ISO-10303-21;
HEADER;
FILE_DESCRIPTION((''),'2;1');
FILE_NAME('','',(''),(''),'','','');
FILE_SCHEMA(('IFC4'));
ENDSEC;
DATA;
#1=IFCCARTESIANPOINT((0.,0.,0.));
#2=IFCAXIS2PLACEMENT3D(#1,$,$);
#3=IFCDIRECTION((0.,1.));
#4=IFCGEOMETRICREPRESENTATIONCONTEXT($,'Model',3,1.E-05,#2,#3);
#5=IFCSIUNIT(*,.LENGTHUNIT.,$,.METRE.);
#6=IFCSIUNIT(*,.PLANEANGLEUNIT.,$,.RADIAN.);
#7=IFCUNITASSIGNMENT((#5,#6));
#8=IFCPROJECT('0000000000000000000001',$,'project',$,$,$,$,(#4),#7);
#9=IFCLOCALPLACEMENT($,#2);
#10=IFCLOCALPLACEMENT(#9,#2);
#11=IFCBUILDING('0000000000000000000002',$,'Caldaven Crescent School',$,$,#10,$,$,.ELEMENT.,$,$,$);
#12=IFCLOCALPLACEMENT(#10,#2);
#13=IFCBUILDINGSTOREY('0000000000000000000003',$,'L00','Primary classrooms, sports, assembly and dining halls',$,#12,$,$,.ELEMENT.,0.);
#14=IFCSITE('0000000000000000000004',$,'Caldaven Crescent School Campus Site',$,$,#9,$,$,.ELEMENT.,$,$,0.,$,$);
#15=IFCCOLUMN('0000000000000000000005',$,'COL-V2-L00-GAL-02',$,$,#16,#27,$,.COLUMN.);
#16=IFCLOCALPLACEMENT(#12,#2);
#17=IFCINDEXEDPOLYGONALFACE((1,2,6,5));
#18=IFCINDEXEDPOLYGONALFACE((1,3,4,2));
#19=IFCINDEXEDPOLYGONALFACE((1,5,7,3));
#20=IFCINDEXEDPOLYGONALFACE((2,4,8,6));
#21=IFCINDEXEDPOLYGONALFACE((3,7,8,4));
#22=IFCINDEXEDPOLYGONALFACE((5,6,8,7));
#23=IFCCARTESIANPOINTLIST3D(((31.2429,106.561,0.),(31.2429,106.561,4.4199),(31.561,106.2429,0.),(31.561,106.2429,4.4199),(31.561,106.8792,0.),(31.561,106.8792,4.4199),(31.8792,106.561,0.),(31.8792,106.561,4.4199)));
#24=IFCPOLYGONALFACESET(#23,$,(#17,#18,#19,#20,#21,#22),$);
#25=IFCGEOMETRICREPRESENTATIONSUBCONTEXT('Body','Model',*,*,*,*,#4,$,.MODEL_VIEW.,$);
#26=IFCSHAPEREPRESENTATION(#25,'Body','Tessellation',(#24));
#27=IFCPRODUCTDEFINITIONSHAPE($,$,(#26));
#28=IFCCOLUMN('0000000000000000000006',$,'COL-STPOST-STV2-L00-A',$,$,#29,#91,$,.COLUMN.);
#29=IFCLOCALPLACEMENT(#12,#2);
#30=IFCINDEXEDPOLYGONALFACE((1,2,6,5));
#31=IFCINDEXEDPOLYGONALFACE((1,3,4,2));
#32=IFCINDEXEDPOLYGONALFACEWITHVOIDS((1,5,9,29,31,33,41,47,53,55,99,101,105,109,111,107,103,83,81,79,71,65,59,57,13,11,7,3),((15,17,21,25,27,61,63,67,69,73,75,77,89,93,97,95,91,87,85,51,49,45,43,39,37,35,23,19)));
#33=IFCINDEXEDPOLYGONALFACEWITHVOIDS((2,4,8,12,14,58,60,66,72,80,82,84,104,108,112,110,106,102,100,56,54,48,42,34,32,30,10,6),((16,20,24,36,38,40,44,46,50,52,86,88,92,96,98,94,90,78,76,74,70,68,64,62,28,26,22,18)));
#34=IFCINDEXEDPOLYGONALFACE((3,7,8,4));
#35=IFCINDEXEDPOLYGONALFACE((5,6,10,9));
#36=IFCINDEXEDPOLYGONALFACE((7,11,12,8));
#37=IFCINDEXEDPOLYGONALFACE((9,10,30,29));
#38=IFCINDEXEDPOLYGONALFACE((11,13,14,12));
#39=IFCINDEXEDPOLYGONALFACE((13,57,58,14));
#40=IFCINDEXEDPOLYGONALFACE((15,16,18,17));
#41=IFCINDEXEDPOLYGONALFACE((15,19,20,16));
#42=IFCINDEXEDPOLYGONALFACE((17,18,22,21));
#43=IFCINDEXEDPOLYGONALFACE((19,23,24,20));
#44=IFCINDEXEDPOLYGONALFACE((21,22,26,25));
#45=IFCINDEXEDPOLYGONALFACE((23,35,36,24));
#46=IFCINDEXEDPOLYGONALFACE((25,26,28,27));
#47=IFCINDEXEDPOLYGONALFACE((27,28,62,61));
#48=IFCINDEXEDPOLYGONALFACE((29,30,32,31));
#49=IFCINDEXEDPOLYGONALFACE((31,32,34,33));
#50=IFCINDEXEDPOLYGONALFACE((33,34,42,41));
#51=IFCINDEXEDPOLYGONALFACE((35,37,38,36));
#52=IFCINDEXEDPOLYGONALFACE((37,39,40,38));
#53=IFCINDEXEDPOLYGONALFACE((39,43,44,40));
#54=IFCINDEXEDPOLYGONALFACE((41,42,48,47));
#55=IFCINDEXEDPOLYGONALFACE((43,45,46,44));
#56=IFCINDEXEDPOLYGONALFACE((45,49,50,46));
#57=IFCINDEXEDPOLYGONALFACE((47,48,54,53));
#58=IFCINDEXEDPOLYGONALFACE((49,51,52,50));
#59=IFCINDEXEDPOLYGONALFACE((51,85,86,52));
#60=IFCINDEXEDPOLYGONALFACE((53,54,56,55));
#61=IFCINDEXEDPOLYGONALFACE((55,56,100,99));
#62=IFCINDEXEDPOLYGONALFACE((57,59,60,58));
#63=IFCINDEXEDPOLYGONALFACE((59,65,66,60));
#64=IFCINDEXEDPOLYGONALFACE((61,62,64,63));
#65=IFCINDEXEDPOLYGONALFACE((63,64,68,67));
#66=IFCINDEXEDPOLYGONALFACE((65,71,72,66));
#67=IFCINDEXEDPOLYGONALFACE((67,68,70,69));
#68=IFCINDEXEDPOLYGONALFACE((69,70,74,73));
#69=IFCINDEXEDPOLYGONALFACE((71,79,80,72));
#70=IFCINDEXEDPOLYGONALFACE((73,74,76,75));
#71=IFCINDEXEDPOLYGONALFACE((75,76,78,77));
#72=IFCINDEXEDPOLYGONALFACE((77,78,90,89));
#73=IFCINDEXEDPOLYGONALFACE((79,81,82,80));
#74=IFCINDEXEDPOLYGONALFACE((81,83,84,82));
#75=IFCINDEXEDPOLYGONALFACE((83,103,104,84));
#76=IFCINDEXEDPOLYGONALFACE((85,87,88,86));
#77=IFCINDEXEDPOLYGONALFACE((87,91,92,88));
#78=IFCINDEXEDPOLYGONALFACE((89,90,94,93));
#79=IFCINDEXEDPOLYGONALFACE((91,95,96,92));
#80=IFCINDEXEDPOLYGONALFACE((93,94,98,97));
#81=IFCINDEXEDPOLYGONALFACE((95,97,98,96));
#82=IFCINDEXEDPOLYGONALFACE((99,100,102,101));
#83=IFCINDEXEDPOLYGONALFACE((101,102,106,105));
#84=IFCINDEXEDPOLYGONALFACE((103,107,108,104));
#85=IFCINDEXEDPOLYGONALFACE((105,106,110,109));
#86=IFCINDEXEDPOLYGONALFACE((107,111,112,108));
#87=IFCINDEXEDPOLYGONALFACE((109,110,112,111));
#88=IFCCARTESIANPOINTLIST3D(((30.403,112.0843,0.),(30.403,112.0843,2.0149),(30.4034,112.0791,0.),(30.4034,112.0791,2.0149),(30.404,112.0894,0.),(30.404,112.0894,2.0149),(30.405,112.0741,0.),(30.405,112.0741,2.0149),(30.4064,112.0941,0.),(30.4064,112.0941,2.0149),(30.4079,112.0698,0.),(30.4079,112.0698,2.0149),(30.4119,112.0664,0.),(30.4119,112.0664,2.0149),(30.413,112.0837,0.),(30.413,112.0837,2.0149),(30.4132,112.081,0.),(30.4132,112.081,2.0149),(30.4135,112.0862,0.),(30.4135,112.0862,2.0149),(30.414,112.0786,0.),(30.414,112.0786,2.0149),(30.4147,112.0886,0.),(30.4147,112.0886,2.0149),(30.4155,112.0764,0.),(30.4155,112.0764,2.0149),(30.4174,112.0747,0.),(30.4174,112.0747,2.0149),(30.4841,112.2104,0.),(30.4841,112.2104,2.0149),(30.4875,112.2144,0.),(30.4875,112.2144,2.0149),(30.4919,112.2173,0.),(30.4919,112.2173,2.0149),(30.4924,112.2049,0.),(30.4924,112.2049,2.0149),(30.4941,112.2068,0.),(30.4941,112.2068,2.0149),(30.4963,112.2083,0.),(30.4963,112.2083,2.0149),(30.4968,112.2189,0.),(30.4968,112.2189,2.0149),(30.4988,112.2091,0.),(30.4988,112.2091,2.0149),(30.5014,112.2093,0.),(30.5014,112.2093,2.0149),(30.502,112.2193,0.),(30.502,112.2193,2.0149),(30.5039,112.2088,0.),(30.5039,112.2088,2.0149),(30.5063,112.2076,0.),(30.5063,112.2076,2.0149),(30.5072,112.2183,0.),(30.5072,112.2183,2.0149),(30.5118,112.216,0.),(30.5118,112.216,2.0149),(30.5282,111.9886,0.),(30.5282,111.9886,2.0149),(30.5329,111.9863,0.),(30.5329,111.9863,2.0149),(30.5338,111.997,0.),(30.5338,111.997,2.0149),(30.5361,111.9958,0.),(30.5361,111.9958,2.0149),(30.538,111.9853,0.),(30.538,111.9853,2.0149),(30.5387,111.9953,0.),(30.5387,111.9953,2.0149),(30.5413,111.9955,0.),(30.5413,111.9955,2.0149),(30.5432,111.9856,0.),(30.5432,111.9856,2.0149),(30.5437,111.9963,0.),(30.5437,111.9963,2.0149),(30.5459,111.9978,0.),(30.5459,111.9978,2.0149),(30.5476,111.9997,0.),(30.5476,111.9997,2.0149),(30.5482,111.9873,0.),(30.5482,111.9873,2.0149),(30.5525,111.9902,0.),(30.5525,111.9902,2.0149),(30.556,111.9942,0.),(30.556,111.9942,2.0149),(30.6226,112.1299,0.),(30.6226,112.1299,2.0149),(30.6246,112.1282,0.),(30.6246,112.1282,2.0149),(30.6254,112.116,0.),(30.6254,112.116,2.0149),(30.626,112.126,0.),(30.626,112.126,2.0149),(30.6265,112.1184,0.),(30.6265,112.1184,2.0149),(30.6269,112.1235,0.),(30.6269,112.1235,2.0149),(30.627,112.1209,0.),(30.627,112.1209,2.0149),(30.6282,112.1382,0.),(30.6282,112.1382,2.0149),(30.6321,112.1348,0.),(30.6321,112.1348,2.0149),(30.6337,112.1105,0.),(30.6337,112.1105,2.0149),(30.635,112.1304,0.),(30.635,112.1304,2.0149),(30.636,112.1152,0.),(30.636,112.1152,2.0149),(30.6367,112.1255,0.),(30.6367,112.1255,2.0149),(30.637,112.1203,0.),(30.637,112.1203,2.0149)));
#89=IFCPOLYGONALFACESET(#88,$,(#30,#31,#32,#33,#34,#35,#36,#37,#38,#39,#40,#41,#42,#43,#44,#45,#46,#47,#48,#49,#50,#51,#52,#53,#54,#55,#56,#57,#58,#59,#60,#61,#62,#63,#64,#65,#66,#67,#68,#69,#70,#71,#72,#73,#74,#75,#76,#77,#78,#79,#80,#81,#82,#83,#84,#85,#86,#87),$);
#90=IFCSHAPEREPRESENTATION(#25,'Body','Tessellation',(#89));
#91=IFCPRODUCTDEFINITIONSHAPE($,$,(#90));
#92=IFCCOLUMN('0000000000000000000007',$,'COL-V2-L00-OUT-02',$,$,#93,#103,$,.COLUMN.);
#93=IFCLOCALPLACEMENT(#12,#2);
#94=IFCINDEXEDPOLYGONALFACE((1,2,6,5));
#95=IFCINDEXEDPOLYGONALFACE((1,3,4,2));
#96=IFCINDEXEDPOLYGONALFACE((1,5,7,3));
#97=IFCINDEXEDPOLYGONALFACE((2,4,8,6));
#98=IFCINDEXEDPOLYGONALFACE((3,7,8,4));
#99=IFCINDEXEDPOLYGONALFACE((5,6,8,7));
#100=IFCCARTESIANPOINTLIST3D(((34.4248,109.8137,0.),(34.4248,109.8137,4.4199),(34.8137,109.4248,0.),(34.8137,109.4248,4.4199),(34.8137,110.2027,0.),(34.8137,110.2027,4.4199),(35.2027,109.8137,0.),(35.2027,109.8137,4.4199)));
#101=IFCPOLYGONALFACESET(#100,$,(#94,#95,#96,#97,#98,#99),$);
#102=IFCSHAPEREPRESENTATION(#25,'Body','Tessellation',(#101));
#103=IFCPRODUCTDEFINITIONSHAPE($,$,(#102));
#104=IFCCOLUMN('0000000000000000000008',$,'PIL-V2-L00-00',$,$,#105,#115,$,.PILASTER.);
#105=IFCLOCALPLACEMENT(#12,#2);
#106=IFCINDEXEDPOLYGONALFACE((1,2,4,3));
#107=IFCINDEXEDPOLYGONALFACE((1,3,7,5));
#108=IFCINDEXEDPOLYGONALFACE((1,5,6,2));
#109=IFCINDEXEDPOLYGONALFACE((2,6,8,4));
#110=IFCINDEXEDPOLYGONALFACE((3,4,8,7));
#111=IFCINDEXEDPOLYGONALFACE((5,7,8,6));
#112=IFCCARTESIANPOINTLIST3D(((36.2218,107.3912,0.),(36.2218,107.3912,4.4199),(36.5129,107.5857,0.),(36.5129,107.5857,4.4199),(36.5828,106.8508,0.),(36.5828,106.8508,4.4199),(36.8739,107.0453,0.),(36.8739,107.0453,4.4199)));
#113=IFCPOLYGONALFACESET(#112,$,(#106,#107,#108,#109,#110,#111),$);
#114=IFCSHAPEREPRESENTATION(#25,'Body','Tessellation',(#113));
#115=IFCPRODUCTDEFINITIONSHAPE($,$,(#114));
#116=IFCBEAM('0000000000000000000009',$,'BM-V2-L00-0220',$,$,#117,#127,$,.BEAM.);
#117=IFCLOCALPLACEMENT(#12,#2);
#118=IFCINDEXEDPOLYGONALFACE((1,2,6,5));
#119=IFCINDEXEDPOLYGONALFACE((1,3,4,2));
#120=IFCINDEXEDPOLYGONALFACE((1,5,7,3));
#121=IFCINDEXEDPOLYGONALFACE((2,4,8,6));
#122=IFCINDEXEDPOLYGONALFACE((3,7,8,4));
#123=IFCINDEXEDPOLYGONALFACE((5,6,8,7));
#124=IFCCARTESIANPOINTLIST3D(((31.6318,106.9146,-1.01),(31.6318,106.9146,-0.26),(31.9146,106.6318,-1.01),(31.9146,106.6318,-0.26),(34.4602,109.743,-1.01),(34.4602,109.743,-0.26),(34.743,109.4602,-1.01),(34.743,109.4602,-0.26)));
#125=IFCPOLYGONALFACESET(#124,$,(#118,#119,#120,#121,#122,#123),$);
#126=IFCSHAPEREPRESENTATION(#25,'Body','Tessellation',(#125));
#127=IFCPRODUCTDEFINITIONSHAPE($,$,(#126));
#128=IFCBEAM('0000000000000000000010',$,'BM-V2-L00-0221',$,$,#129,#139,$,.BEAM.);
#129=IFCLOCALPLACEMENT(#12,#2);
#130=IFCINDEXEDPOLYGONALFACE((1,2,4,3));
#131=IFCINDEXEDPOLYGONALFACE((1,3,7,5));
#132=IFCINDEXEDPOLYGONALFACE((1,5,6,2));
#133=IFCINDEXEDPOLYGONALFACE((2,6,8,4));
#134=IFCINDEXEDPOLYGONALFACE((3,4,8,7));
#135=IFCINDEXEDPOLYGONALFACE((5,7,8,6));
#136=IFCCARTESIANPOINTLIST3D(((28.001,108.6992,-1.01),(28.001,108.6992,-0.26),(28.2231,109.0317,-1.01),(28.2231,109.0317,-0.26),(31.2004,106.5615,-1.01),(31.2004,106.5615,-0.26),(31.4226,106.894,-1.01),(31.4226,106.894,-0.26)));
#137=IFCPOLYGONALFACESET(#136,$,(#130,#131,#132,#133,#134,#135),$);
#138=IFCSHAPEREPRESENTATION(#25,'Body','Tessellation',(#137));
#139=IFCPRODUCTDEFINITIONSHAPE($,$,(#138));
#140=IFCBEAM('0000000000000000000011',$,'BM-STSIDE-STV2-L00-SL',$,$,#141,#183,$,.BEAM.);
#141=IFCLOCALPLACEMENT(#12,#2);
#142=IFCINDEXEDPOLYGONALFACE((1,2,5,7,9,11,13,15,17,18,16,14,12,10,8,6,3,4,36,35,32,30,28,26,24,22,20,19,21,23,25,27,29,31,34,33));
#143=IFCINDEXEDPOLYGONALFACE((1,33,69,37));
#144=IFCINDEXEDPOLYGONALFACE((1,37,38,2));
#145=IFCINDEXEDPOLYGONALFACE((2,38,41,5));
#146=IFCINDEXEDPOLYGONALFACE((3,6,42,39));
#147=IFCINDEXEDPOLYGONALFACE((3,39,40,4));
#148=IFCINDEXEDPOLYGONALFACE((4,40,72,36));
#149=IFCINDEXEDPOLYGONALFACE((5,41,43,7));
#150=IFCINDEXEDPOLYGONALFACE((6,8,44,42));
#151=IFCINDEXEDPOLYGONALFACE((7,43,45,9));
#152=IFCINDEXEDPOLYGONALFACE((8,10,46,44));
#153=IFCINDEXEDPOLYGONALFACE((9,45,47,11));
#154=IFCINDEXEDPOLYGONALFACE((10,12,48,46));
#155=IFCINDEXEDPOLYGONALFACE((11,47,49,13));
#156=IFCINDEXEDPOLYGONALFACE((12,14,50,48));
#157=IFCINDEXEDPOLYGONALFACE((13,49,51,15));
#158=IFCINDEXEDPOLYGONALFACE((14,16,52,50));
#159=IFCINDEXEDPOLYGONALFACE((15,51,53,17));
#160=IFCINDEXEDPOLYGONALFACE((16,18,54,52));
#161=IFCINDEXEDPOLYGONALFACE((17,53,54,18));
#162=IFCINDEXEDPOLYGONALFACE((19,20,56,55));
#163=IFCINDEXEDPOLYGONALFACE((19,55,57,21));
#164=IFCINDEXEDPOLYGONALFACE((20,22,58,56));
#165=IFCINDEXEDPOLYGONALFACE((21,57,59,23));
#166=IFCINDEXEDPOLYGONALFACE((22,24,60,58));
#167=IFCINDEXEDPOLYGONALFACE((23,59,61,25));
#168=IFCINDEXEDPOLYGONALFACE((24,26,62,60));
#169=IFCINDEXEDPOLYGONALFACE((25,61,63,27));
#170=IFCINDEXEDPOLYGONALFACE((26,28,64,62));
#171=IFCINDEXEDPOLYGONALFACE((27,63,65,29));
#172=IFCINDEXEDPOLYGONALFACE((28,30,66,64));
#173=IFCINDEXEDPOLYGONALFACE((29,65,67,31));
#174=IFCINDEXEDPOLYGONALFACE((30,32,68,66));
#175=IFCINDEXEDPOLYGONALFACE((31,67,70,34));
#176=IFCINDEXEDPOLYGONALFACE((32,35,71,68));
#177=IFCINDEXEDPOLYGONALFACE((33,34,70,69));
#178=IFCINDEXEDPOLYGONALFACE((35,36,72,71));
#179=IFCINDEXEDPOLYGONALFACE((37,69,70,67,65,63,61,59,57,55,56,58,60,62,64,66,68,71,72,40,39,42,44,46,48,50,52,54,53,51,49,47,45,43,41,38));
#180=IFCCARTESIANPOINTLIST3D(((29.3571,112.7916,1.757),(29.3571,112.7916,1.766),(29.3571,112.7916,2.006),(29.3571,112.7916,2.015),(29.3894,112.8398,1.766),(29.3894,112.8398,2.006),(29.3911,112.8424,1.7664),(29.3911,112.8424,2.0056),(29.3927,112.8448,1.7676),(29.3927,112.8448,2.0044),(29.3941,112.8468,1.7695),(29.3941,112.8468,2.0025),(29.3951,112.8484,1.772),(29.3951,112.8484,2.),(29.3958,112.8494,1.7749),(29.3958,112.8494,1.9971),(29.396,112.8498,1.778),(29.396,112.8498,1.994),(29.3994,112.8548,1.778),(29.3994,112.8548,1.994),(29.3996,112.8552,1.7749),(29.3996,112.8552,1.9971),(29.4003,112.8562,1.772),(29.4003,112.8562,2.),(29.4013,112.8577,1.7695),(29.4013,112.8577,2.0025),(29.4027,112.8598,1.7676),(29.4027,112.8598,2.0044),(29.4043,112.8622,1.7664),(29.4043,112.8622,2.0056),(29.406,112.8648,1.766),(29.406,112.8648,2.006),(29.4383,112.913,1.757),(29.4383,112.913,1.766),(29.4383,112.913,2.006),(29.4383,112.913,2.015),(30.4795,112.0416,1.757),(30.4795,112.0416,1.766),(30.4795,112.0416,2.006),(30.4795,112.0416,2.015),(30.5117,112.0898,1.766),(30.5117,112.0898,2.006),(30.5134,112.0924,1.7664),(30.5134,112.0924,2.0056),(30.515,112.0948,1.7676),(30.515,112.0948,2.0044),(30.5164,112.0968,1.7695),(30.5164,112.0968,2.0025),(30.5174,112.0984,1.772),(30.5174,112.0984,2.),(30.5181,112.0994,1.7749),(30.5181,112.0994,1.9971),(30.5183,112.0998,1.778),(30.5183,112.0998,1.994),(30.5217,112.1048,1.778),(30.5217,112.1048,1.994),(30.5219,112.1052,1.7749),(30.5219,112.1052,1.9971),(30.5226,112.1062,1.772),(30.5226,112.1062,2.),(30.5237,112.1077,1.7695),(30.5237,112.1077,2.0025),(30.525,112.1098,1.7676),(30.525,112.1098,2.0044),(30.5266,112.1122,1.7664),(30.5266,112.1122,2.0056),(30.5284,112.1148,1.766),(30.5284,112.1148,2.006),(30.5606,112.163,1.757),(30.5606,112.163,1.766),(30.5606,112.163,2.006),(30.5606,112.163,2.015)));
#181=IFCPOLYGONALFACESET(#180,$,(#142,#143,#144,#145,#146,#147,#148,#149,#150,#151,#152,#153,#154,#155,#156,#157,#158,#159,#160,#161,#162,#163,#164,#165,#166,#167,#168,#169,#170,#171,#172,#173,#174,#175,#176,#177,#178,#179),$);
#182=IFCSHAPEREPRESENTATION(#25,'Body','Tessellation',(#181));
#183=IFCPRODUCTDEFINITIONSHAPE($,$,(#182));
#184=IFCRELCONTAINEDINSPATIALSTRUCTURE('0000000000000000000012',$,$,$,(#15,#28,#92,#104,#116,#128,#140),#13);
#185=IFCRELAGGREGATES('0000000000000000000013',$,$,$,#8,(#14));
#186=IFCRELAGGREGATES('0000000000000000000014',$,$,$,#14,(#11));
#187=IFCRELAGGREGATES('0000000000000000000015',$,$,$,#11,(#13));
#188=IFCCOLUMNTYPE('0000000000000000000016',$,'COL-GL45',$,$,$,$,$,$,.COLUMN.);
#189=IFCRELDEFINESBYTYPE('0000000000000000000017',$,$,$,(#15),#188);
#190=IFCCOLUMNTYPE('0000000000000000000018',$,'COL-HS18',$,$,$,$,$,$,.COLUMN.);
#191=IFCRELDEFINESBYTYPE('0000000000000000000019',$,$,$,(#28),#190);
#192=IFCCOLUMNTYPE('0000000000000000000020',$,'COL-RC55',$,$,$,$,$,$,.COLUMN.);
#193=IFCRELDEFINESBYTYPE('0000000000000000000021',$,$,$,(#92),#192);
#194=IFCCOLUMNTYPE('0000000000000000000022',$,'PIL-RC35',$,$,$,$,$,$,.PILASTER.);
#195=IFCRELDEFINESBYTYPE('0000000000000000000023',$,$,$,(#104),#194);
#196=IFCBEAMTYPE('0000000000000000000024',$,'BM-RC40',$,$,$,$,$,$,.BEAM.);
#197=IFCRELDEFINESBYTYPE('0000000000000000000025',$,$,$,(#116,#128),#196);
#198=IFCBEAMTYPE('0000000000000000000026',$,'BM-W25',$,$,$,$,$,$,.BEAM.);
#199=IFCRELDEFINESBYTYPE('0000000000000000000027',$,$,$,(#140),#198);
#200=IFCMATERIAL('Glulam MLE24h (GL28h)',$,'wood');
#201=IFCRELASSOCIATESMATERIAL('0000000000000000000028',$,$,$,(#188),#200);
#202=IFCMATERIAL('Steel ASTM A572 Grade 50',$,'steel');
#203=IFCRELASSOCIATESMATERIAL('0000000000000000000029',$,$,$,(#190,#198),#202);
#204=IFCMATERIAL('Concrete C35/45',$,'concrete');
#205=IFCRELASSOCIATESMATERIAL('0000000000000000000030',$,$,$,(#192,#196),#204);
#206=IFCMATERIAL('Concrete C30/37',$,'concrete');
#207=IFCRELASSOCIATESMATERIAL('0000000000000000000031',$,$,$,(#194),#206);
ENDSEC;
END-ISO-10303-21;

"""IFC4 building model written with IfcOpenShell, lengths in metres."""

from ifc_helpers import new_model, si_unit, direction, frame, origin, origin_2d, place, context, subcontext, project, spatial, rectangle, hollow_rectangle, i_section, extrude, material, material_profile, profile_set, type_object, element, save


model = new_model("IFC4")

# Units and contexts
model_context = context("Model", 3, precision=1e-05, world=origin(), true_north=direction((0.0, 1.0)))
body_context = subcontext(model_context, "Body", "Model", "MODEL_VIEW")
ifc_project = project(units=[si_unit("LENGTHUNIT", "METRE"), si_unit("PLANEANGLEUNIT", "RADIAN")], contexts=[model_context])

# Site, building, storey
site_placement = place(None, origin())
site = spatial("IfcSite", under=ifc_project, at=site_placement, Name="Caldaven Crescent School Campus Site", CompositionType="ELEMENT", RefElevation=0.0)
building_placement = place(site_placement, origin())
building = spatial("IfcBuilding", under=site, at=building_placement, Name="Caldaven Crescent School", CompositionType="ELEMENT")
storey_placement = place(building_placement, origin())
storey = spatial("IfcBuildingStorey", under=building, at=storey_placement, Name="L00", Description="Primary classrooms, sports, assembly and dining halls", CompositionType="ELEMENT", Elevation=0.0)

# Columns
ifc_material_1 = material(Name="Glulam MLE24h (GL28h)", Category="wood")
ifc_material_profile_1 = material_profile(ifc_material_1, rectangle(XDim=0.45, YDim=0.45, at=origin_2d()), Name="MLE 450x450")
ifc_profile_set_1 = profile_set([ifc_material_profile_1], Name="Glulam MLE24h (GL28h)")
column_type_1 = type_object("IfcColumnType", Name="COL-GL45", PredefinedType="COLUMN", material=ifc_profile_set_1)
column_1_placement = place(storey_placement, frame((31.561, 106.561, 0.0), z_axis=(0.0, 0.0, 1.0), x_axis=(0.707107, 0.707107, 0.0)))
element("IfcColumn", 1, at=column_1_placement, inside=storey, type_object=column_type_1, Name="COL-V2-L00-GAL-02", PredefinedType="COLUMN", context=body_context, shape_type="SweptSolid", body=[
    extrude(rectangle(XDim=0.45, YDim=0.45, at=origin_2d()), origin(), (0.0, 0.0, 1.0), 4.4199),
])
ifc_material_2 = material(Name="Steel ASTM A572 Grade 50", Category="steel")
ifc_material_profile_2 = material_profile(ifc_material_2, hollow_rectangle(XDim=0.1799, YDim=0.1799, WallThickness=0.01, InnerFilletRadius=0.01, OuterFilletRadius=0.02, at=origin_2d()), Name="HSS 180x180x10")
ifc_profile_set_2 = profile_set([ifc_material_profile_2], Name="Steel ASTM A572 Grade 50")
column_type_2 = type_object("IfcColumnType", Name="COL-HS18", PredefinedType="COLUMN", material=ifc_profile_set_2)
column_2_placement = place(storey_placement, frame((30.52, 112.1023, 0.0), z_axis=(0.0, 0.0, 1.0), x_axis=(-0.83147, 0.55557, 0.0)))
element("IfcColumn", 2, at=column_2_placement, inside=storey, type_object=column_type_2, Name="COL-STPOST-STV2-L00-A", PredefinedType="COLUMN", context=body_context, shape_type="SweptSolid", body=[
    extrude(hollow_rectangle(XDim=0.1799, YDim=0.1799, WallThickness=0.01, InnerFilletRadius=0.01, OuterFilletRadius=0.02, at=origin_2d()), origin(), (0.0, 0.0, 1.0), 2.0149),
])
ifc_material_3 = material(Name="Concrete C35/45", Category="concrete")
ifc_material_profile_3 = material_profile(ifc_material_3, rectangle(XDim=0.55, YDim=0.55, at=origin_2d()), Name="RC 550x550")
ifc_profile_set_3 = profile_set([ifc_material_profile_3], Name="Concrete C35/45")
column_type_3 = type_object("IfcColumnType", Name="COL-RC55", PredefinedType="COLUMN", material=ifc_profile_set_3)
column_3_placement = place(storey_placement, frame((34.8137, 109.8137, 0.0), z_axis=(0.0, 0.0, 1.0), x_axis=(0.707107, 0.707107, 0.0)))
element("IfcColumn", 3, at=column_3_placement, inside=storey, type_object=column_type_3, Name="COL-V2-L00-OUT-02", PredefinedType="COLUMN", context=body_context, shape_type="SweptSolid", body=[
    extrude(rectangle(XDim=0.55, YDim=0.55, at=origin_2d()), origin(), (0.0, 0.0, 1.0), 4.4199),
])
ifc_material_4 = material(Name="Concrete C30/37", Category="concrete")
ifc_material_profile_4 = material_profile(ifc_material_4, rectangle(XDim=0.3501, YDim=0.6499, at=origin_2d()), Name="RC 350x650")
ifc_profile_set_4 = profile_set([ifc_material_profile_4], Name="Concrete C30/37")
column_type_4 = type_object("IfcColumnType", Name="PIL-RC35", PredefinedType="PILASTER", material=ifc_profile_set_4)
column_4_placement = place(storey_placement, frame((36.5479, 107.2183, 0.0), z_axis=(0.0, 0.0, 1.0), x_axis=(0.83147, 0.55557, 0.0)))
element("IfcColumn", 4, at=column_4_placement, inside=storey, type_object=column_type_4, Name="PIL-V2-L00-00", PredefinedType="PILASTER", context=body_context, shape_type="SweptSolid", body=[
    extrude(rectangle(XDim=0.3501, YDim=0.6499, at=origin_2d()), origin(), (0.0, 0.0, 1.0), 4.4199),
])

# Beams
ifc_material_profile_5 = material_profile(ifc_material_3, rectangle(XDim=0.3999, YDim=0.75, at=origin_2d()), Name="RC 400x750")
ifc_profile_set_5 = profile_set([ifc_material_profile_5], Name="Concrete C35/45")
beam_type_1 = type_object("IfcBeamType", Name="BM-RC40", PredefinedType="BEAM", material=ifc_profile_set_5)
beam_1_placement = place(storey_placement, frame((31.7732, 106.7732, -0.635), z_axis=(0.707107, 0.707107, 0.0), x_axis=(-0.707107, 0.707107, 0.0)))
element("IfcBeam", 5, at=beam_1_placement, inside=storey, type_object=beam_type_1, Name="BM-V2-L00-0220", PredefinedType="BEAM", context=body_context, shape_type="SweptSolid", body=[
    extrude(rectangle(XDim=0.3999, YDim=0.75, at=origin_2d()), origin(), (0.0, 0.0, 1.0), 4.0),
])
beam_2_placement = place(storey_placement, frame((31.3115, 106.7278, -0.635), z_axis=(-0.831484, 0.555549, 0.0), x_axis=(-0.555549, -0.831484, 0.0)))
element("IfcBeam", 6, at=beam_2_placement, inside=storey, type_object=beam_type_1, Name="BM-V2-L00-0221", PredefinedType="BEAM", context=body_context, shape_type="SweptSolid", body=[
    extrude(rectangle(XDim=0.3999, YDim=0.75, at=origin_2d()), origin(), (0.0, 0.0, 1.0), 3.8479),
])
ifc_material_profile_6 = material_profile(ifc_material_2, i_section(OverallWidth=0.146, OverallDepth=0.2581, WebThickness=0.0061, FlangeThickness=0.009, FilletRadius=0.012, at=origin_2d()), Name="W250x33")
ifc_profile_set_6 = profile_set([ifc_material_profile_6], Name="Steel ASTM A572 Grade 50")
beam_type_2 = type_object("IfcBeamType", Name="BM-W25", PredefinedType="BEAM", material=ifc_profile_set_6)
beam_3_placement = place(storey_placement, frame((30.52, 112.1023, 1.886), z_axis=(-0.831438, 0.555618, 0.0), x_axis=(-0.555618, -0.831438, 0.0)))
element("IfcBeam", 7, at=beam_3_placement, inside=storey, type_object=beam_type_2, Name="BM-STSIDE-STV2-L00-SL", PredefinedType="BEAM", context=body_context, shape_type="SweptSolid", body=[
    extrude(i_section(OverallWidth=0.146, OverallDepth=0.2581, WebThickness=0.0061, FlangeThickness=0.009, FilletRadius=0.012, at=origin_2d()), origin(), (0.0, 0.0, 1.0), 1.3499),
])

save(model, "model.ifc")
